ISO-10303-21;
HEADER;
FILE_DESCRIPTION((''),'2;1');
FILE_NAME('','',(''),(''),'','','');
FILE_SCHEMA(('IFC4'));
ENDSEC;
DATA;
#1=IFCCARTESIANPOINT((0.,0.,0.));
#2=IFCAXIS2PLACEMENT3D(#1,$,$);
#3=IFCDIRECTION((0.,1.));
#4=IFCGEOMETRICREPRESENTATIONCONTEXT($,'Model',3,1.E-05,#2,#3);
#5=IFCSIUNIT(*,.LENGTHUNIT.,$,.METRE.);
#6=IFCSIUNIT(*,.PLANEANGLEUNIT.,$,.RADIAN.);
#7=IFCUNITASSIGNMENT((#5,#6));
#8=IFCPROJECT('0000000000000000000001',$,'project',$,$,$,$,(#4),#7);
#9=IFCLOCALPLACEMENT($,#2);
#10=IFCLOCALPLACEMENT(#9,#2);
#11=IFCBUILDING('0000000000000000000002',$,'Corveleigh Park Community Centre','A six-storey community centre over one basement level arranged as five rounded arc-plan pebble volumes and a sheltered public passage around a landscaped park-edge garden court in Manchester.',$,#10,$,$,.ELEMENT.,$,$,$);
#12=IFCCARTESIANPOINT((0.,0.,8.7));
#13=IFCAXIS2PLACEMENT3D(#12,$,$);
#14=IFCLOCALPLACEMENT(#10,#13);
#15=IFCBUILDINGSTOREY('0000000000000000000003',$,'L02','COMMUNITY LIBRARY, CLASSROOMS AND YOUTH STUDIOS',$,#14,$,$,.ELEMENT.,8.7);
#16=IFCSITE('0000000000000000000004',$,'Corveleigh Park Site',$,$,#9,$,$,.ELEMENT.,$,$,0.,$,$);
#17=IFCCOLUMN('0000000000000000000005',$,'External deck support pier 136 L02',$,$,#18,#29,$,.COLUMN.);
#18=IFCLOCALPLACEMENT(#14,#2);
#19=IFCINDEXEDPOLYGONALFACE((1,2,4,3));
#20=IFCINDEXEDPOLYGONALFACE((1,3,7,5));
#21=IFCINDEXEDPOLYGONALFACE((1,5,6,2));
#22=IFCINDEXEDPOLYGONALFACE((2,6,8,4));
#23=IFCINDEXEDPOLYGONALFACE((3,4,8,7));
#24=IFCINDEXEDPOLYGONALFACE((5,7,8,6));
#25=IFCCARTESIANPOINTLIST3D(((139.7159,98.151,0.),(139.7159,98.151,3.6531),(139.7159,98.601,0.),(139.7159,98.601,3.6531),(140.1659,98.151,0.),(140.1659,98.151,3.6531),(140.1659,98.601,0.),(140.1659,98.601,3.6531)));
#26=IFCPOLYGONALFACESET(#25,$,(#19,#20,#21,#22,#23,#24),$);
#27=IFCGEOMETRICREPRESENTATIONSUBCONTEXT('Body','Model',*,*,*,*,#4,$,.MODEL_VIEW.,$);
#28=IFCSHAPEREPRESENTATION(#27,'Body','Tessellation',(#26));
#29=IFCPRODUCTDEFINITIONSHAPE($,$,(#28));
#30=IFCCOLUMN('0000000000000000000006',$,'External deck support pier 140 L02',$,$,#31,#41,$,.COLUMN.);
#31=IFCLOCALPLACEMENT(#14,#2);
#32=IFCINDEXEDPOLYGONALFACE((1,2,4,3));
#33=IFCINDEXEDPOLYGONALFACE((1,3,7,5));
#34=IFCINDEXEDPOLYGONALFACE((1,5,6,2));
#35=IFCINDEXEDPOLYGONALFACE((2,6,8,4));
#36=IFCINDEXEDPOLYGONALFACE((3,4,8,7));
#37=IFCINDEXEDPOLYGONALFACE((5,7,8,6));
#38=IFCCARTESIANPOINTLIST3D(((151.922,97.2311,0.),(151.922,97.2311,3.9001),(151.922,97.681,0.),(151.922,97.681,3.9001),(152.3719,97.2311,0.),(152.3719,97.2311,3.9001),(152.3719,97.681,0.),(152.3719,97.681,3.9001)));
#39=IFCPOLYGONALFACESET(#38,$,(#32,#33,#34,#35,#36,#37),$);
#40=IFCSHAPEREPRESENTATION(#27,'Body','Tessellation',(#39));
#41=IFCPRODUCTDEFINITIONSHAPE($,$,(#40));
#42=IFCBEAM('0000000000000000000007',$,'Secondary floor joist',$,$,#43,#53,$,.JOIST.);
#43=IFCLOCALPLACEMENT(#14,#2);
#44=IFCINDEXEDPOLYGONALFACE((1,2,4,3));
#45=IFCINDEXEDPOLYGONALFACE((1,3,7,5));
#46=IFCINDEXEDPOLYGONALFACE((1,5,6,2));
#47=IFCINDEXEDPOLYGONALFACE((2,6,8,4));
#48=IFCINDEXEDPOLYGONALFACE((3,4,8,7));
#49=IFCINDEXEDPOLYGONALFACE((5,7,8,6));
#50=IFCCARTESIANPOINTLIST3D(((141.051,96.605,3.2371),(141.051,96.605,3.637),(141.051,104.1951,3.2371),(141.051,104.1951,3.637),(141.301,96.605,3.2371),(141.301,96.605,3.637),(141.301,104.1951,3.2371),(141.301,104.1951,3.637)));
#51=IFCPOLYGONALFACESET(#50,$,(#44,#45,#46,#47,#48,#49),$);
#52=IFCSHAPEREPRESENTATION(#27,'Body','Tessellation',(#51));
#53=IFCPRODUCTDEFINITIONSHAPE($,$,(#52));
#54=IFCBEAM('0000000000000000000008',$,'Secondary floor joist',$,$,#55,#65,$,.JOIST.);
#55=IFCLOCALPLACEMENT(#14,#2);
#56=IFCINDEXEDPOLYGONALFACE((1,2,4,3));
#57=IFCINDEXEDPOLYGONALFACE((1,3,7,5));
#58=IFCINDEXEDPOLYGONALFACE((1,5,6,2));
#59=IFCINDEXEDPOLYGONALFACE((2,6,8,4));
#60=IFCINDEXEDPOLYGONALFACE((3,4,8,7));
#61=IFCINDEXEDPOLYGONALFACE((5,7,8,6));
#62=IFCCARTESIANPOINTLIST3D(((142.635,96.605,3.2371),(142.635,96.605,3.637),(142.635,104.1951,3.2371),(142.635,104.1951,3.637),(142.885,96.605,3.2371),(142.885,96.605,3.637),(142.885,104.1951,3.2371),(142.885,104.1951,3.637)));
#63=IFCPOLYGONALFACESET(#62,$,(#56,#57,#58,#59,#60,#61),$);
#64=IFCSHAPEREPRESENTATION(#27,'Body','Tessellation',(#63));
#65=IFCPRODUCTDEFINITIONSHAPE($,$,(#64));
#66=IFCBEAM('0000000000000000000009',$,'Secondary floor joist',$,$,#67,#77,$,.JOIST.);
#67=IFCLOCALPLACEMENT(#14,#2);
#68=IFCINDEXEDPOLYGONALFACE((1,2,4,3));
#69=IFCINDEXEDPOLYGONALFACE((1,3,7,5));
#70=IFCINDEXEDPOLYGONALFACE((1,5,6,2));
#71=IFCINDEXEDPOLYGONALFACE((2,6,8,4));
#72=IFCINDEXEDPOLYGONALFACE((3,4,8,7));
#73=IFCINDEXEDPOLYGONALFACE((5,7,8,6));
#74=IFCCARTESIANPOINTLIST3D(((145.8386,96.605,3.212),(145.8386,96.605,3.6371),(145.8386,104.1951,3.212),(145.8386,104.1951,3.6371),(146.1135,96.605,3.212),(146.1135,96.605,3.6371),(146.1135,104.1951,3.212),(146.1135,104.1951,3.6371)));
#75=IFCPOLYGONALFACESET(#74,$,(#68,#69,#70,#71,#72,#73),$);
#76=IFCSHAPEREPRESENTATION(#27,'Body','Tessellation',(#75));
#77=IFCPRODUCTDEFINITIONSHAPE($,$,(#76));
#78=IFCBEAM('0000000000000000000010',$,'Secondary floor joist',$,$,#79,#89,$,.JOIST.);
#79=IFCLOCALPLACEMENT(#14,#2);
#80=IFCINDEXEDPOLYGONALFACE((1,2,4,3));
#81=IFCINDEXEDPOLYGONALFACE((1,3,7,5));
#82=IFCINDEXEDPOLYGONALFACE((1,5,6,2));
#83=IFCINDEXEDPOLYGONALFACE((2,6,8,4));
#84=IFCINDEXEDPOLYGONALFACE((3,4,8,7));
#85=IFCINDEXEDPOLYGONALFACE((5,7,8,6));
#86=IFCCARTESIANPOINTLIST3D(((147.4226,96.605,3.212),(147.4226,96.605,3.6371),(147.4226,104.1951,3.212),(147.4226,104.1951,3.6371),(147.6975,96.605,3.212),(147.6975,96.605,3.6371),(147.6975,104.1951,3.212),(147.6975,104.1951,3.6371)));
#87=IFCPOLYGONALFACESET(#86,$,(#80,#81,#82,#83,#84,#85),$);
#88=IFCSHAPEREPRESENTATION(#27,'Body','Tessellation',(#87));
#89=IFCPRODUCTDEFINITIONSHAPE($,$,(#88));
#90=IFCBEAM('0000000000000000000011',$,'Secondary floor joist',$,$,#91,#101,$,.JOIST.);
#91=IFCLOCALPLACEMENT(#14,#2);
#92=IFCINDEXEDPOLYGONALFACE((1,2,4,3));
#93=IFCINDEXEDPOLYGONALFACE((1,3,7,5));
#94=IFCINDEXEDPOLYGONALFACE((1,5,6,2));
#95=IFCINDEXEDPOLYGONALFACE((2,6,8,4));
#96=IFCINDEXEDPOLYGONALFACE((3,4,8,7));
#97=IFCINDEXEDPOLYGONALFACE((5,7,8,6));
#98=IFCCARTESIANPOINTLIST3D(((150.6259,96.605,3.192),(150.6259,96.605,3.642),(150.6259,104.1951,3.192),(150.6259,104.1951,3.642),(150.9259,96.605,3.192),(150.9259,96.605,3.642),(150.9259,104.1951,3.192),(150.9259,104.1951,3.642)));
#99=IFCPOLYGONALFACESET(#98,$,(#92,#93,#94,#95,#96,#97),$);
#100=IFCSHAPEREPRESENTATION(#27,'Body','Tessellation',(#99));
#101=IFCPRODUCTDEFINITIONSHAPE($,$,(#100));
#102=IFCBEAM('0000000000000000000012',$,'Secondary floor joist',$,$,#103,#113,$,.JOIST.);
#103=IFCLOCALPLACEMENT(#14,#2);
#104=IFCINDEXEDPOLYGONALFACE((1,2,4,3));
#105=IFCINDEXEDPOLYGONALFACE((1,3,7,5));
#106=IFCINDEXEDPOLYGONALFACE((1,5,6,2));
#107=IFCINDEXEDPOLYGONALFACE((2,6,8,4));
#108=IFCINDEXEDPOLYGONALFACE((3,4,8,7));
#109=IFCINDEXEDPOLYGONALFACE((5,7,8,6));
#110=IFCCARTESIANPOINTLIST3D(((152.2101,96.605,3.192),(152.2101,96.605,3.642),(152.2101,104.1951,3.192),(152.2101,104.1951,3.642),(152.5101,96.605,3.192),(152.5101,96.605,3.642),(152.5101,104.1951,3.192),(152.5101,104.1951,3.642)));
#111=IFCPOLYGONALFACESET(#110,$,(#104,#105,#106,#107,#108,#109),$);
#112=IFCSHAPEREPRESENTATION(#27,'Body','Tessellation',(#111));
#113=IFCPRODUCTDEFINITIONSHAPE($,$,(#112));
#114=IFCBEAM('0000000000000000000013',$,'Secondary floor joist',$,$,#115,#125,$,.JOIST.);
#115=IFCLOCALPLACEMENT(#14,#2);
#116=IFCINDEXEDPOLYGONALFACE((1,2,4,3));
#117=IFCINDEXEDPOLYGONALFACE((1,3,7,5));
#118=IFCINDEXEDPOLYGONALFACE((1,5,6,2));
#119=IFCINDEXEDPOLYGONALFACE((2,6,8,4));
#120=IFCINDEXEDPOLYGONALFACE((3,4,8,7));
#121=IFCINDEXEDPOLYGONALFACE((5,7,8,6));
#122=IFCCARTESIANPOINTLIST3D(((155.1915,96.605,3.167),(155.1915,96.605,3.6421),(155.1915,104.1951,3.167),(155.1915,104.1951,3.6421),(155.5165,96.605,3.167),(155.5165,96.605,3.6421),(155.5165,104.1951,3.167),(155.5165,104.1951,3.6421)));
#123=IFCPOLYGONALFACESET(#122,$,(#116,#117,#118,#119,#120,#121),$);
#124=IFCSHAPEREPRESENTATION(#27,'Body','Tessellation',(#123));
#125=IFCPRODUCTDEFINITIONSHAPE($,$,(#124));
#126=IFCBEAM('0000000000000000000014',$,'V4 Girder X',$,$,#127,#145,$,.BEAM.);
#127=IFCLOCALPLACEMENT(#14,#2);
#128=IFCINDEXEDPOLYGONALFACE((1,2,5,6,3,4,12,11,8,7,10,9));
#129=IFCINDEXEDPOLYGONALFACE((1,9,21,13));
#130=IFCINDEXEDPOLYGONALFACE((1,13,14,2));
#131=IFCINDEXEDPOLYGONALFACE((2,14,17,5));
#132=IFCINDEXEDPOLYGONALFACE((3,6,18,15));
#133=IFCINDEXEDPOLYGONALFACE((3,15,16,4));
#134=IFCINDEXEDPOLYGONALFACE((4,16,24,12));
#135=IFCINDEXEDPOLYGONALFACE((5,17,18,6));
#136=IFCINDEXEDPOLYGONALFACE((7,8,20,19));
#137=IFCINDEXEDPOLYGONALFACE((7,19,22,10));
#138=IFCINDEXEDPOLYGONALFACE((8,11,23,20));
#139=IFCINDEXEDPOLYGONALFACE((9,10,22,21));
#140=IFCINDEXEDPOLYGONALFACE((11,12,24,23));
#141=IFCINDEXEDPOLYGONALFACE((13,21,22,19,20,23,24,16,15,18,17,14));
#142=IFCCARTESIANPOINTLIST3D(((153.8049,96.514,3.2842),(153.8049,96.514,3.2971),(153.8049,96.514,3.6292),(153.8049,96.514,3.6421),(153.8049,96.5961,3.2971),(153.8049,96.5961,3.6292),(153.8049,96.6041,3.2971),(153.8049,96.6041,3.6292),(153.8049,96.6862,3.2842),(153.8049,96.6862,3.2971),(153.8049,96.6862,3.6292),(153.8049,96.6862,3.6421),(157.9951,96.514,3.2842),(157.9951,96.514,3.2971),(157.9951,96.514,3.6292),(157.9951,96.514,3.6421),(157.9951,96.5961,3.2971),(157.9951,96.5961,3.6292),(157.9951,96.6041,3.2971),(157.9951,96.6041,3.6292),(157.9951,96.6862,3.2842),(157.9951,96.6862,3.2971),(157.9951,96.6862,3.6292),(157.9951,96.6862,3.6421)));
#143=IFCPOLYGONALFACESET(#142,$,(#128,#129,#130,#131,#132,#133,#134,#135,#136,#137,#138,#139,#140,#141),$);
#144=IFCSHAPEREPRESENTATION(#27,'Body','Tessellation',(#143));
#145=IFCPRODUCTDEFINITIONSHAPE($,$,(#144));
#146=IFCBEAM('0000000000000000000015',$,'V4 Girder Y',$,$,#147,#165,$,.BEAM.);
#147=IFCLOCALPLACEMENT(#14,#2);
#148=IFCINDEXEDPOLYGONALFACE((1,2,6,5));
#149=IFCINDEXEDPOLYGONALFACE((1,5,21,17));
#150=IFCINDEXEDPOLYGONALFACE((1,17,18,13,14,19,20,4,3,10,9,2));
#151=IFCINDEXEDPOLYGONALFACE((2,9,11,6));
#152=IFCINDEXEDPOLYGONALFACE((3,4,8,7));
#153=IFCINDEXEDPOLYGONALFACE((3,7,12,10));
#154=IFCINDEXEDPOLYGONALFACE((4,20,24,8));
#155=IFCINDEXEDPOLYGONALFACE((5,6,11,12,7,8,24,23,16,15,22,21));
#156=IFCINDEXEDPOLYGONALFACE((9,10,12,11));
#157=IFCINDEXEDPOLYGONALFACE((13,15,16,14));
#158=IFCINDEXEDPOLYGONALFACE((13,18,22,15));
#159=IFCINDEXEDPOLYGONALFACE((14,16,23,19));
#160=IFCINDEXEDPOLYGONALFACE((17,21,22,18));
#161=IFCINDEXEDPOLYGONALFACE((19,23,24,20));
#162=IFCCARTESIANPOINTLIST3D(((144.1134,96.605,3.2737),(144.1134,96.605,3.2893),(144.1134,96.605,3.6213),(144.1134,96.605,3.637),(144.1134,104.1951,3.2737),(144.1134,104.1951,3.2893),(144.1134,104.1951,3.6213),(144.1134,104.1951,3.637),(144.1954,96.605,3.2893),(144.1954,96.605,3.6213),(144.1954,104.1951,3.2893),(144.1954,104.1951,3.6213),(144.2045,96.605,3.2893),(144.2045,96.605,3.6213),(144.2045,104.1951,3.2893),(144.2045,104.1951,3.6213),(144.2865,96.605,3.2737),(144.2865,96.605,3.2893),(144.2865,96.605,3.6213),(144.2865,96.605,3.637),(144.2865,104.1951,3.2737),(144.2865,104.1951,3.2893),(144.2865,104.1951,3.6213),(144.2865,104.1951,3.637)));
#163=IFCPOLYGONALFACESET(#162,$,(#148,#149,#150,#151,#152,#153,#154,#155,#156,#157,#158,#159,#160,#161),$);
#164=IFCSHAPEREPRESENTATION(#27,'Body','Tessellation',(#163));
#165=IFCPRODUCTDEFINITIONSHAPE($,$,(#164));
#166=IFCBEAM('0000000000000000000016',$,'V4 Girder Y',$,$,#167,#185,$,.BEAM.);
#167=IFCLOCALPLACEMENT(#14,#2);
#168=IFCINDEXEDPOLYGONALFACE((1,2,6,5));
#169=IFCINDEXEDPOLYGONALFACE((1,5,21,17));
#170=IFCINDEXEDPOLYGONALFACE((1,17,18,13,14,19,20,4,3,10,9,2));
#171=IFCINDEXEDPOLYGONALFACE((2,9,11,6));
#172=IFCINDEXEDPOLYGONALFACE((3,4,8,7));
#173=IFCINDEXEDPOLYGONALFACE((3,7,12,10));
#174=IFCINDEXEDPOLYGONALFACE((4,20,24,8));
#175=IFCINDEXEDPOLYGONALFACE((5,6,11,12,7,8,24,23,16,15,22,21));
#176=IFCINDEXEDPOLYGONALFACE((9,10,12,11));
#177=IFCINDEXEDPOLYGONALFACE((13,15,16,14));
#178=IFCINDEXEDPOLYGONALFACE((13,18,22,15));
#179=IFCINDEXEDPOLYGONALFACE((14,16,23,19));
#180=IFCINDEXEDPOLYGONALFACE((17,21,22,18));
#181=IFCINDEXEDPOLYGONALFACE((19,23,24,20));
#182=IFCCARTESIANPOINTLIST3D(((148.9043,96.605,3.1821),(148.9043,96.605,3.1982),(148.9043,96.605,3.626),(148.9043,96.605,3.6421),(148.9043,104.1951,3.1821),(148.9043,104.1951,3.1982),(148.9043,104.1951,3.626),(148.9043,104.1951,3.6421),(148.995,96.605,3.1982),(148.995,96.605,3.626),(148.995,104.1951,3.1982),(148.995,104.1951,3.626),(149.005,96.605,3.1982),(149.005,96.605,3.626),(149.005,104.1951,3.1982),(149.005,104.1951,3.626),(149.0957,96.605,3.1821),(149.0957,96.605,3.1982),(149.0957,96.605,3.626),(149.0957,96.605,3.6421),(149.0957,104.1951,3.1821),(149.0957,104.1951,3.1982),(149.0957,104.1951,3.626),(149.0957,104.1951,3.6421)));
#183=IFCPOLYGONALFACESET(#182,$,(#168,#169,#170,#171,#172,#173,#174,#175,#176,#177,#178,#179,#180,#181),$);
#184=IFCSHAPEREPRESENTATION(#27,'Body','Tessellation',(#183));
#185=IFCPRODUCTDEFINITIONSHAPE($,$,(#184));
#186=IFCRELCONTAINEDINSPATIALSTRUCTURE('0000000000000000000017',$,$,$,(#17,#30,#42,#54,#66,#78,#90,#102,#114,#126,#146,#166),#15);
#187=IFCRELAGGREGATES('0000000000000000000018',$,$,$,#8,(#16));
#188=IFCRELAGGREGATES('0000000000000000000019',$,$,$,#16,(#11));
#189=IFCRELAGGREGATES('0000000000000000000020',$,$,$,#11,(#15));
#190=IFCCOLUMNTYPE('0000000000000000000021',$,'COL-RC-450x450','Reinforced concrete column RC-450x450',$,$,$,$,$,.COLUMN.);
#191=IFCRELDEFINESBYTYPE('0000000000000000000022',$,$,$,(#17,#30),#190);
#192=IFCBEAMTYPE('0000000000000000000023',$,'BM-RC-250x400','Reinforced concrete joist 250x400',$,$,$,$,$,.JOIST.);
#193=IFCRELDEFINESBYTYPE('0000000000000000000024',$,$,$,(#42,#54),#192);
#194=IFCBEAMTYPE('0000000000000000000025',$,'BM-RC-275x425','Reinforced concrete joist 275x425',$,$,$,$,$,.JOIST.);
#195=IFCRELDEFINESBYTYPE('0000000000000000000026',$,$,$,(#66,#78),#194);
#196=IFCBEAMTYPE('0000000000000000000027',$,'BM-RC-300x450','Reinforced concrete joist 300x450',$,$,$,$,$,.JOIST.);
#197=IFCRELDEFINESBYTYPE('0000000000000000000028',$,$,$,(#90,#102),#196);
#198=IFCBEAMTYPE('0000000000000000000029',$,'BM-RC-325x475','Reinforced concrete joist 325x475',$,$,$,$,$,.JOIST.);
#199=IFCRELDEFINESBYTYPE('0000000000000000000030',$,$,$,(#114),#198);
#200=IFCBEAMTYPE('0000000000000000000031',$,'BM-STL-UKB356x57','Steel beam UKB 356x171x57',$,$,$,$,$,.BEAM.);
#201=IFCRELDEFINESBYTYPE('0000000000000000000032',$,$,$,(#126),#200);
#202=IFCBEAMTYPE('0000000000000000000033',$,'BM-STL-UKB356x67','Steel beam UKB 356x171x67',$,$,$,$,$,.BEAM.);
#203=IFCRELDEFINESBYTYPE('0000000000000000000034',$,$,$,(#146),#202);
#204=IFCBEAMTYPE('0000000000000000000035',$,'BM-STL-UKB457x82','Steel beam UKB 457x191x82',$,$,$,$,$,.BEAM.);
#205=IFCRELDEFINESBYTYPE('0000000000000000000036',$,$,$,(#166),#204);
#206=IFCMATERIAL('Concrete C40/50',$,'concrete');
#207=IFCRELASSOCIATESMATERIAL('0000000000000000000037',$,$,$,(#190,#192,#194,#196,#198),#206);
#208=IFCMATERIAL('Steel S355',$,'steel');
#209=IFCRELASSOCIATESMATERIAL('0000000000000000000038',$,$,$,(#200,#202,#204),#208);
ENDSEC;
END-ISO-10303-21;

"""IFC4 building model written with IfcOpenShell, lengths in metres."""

from ifc_helpers import new_model, si_unit, direction, frame, origin, origin_2d, place, context, subcontext, project, spatial, rectangle, i_section, extrude, material, material_profile, profile_set, type_object, element, save


model = new_model("IFC4")

# Units and contexts
model_context = context("Model", 3, precision=1e-05, world=origin(), true_north=direction((0.0, 1.0)))
body_context = subcontext(model_context, "Body", "Model", "MODEL_VIEW")
ifc_project = project(units=[si_unit("LENGTHUNIT", "METRE"), si_unit("PLANEANGLEUNIT", "RADIAN")], contexts=[model_context])

# Site, building, storey
site_placement = place(None, origin())
site = spatial("IfcSite", under=ifc_project, at=site_placement, Name="Corveleigh Park Site", CompositionType="ELEMENT", RefElevation=0.0)
building_placement = place(site_placement, origin())
building = spatial("IfcBuilding", under=site, at=building_placement, Name="Corveleigh Park Community Centre", Description="A six-storey community centre over one basement level arranged as five rounded arc-plan pebble volumes and a sheltered public passage around a landscaped park-edge garden court in Manchester.", CompositionType="ELEMENT")
storey_placement = place(building_placement, frame((0.0, 0.0, 8.7)))
storey = spatial("IfcBuildingStorey", under=building, at=storey_placement, Name="L02", Description="COMMUNITY LIBRARY, CLASSROOMS AND YOUTH STUDIOS", CompositionType="ELEMENT", Elevation=8.7)

# Columns
ifc_material_1 = material(Name="Concrete C40/50", Category="concrete")
ifc_material_profile_1 = material_profile(ifc_material_1, rectangle(XDim=0.45, YDim=0.45, at=origin_2d()), Name="RC-450x450", Category="concrete")
ifc_profile_set_1 = profile_set([ifc_material_profile_1], Name="Concrete C40/50")
column_type = type_object("IfcColumnType", Name="COL-RC-450x450", Description="Reinforced concrete column RC-450x450", PredefinedType="COLUMN", material=ifc_profile_set_1)
column_1_placement = place(storey_placement, frame((139.9409, 98.376, 0.0), z_axis=(0.0, 0.0, 1.0), x_axis=(1.0, 0.0, 0.0)))
element("IfcColumn", 1, at=column_1_placement, inside=storey, type_object=column_type, Name="External deck support pier 136 L02", PredefinedType="COLUMN", context=body_context, shape_type="SweptSolid", body=[
    extrude(rectangle(XDim=0.45, YDim=0.45, at=origin_2d()), origin(), (0.0, 0.0, 1.0), 3.6531),
])
column_2_placement = place(storey_placement, frame((152.147, 97.4561, 0.0), z_axis=(0.0, 0.0, 1.0), x_axis=(1.0, 0.0, 0.0)))
element("IfcColumn", 2, at=column_2_placement, inside=storey, type_object=column_type, Name="External deck support pier 140 L02", PredefinedType="COLUMN", context=body_context, shape_type="SweptSolid", body=[
    extrude(rectangle(XDim=0.45, YDim=0.45, at=origin_2d()), origin(), (0.0, 0.0, 1.0), 3.9001),
])

# Beams
ifc_material_profile_2 = material_profile(ifc_material_1, rectangle(XDim=0.25, YDim=0.3999, at=origin_2d()), Name="RC-250x400", Category="concrete")
ifc_profile_set_2 = profile_set([ifc_material_profile_2], Name="Concrete C40/50")
beam_type_1 = type_object("IfcBeamType", Name="BM-RC-250x400", Description="Reinforced concrete joist 250x400", PredefinedType="JOIST", material=ifc_profile_set_2)
for number, where, z_axis, x_axis, name in (
    (3, (141.176, 96.605, 3.437), (0.0, 1.0, 0.0), (-1.0, 0.0, 0.0), "Secondary floor joist"),
    (4, (142.76, 96.605, 3.437), (0.0, 1.0, 0.0), (-1.0, 0.0, 0.0), "Secondary floor joist"),
):
    element("IfcBeam", number, at=place(storey_placement, frame(where, z_axis=z_axis, x_axis=x_axis)), inside=storey, type_object=beam_type_1, Name=name, PredefinedType="JOIST", context=body_context, shape_type="SweptSolid", body=[
        extrude(rectangle(XDim=0.25, YDim=0.3999, at=origin_2d()), origin(), (0.0, 0.0, 1.0), 7.5901),
    ])
ifc_material_profile_3 = material_profile(ifc_material_1, rectangle(XDim=0.2749, YDim=0.425, at=origin_2d()), Name="RC-275x425", Category="concrete")
ifc_profile_set_3 = profile_set([ifc_material_profile_3], Name="Concrete C40/50")
beam_type_2 = type_object("IfcBeamType", Name="BM-RC-275x425", Description="Reinforced concrete joist 275x425", PredefinedType="JOIST", material=ifc_profile_set_3)
for number, where, z_axis, x_axis, name in (
    (5, (145.9761, 96.605, 3.4246), (0.0, 1.0, 0.0), (-1.0, 0.0, 0.0), "Secondary floor joist"),
    (6, (147.5601, 96.605, 3.4246), (0.0, 1.0, 0.0), (-1.0, 0.0, 0.0), "Secondary floor joist"),
):
    element("IfcBeam", number, at=place(storey_placement, frame(where, z_axis=z_axis, x_axis=x_axis)), inside=storey, type_object=beam_type_2, Name=name, PredefinedType="JOIST", context=body_context, shape_type="SweptSolid", body=[
        extrude(rectangle(XDim=0.2749, YDim=0.425, at=origin_2d()), origin(), (0.0, 0.0, 1.0), 7.5901),
    ])
ifc_material_profile_4 = material_profile(ifc_material_1, rectangle(XDim=0.3, YDim=0.45, at=origin_2d()), Name="RC-300x450", Category="concrete")
ifc_profile_set_4 = profile_set([ifc_material_profile_4], Name="Concrete C40/50")
beam_type_3 = type_object("IfcBeamType", Name="BM-RC-300x450", Description="Reinforced concrete joist 300x450", PredefinedType="JOIST", material=ifc_profile_set_4)
for number, where, z_axis, x_axis, name in (
    (7, (150.7759, 96.605, 3.417), (0.0, 1.0, 0.0), (-1.0, 0.0, 0.0), "Secondary floor joist"),
    (8, (152.3601, 96.605, 3.417), (0.0, 1.0, 0.0), (-1.0, 0.0, 0.0), "Secondary floor joist"),
):
    element("IfcBeam", number, at=place(storey_placement, frame(where, z_axis=z_axis, x_axis=x_axis)), inside=storey, type_object=beam_type_3, Name=name, PredefinedType="JOIST", context=body_context, shape_type="SweptSolid", body=[
        extrude(rectangle(XDim=0.3, YDim=0.45, at=origin_2d()), origin(), (0.0, 0.0, 1.0), 7.5901),
    ])
ifc_material_profile_5 = material_profile(ifc_material_1, rectangle(XDim=0.325, YDim=0.4751, at=origin_2d()), Name="RC-325x475", Category="concrete")
ifc_profile_set_5 = profile_set([ifc_material_profile_5], Name="Concrete C40/50")
beam_type_4 = type_object("IfcBeamType", Name="BM-RC-325x475", Description="Reinforced concrete joist 325x475", PredefinedType="JOIST", material=ifc_profile_set_5)
beam_1_placement = place(storey_placement, frame((155.354, 96.605, 3.4045), z_axis=(0.0, 1.0, 0.0), x_axis=(-1.0, 0.0, 0.0)))
element("IfcBeam", 9, at=beam_1_placement, inside=storey, type_object=beam_type_4, Name="Secondary floor joist", PredefinedType="JOIST", context=body_context, shape_type="SweptSolid", body=[
    extrude(rectangle(XDim=0.325, YDim=0.4751, at=origin_2d()), origin(), (0.0, 0.0, 1.0), 7.5901),
])
ifc_material_2 = material(Name="Steel S355", Category="steel")
ifc_material_profile_6 = material_profile(ifc_material_2, i_section(OverallWidth=0.1721, OverallDepth=0.3579, WebThickness=0.0081, FlangeThickness=0.0129, at=origin_2d()), Name="UKB 356x171x57", Category="steel")
ifc_profile_set_6 = profile_set([ifc_material_profile_6], Name="Steel S355")
beam_type_5 = type_object("IfcBeamType", Name="BM-STL-UKB356x57", Description="Steel beam UKB 356x171x57", PredefinedType="BEAM", material=ifc_profile_set_6)
beam_2_placement = place(storey_placement, frame((153.8049, 96.6001, 3.4631), z_axis=(1.0, 0.0, 0.0), x_axis=(0.0, 1.0, 0.0)))
element("IfcBeam", 10, at=beam_2_placement, inside=storey, type_object=beam_type_5, Name="V4 Girder X", PredefinedType="BEAM", context=body_context, shape_type="SweptSolid", body=[
    extrude(i_section(OverallWidth=0.1721, OverallDepth=0.3579, WebThickness=0.0081, FlangeThickness=0.0129, at=origin_2d()), origin(), (0.0, 0.0, 1.0), 4.1902),
])
ifc_material_profile_7 = material_profile(ifc_material_2, i_section(OverallWidth=0.1731, OverallDepth=0.3633, WebThickness=0.009, FlangeThickness=0.0156, at=origin_2d()), Name="UKB 356x171x67", Category="steel")
ifc_profile_set_7 = profile_set([ifc_material_profile_7], Name="Steel S355")
beam_type_6 = type_object("IfcBeamType", Name="BM-STL-UKB356x67", Description="Steel beam UKB 356x171x67", PredefinedType="BEAM", material=ifc_profile_set_7)
beam_3_placement = place(storey_placement, frame((144.2, 96.605, 3.4553), z_axis=(0.0, 1.0, 0.0), x_axis=(-1.0, 0.0, 0.0)))
element("IfcBeam", 11, at=beam_3_placement, inside=storey, type_object=beam_type_6, Name="V4 Girder Y", PredefinedType="BEAM", context=body_context, shape_type="SweptSolid", body=[
    extrude(i_section(OverallWidth=0.1731, OverallDepth=0.3633, WebThickness=0.009, FlangeThickness=0.0156, at=origin_2d()), origin(), (0.0, 0.0, 1.0), 7.5901),
])
ifc_material_profile_8 = material_profile(ifc_material_2, i_section(OverallWidth=0.1914, OverallDepth=0.46, WebThickness=0.01, FlangeThickness=0.0161, at=origin_2d()), Name="UKB 457x191x82", Category="steel")
ifc_profile_set_8 = profile_set([ifc_material_profile_8], Name="Steel S355")
beam_type_7 = type_object("IfcBeamType", Name="BM-STL-UKB457x82", Description="Steel beam UKB 457x191x82", PredefinedType="BEAM", material=ifc_profile_set_8)
beam_4_placement = place(storey_placement, frame((149.0, 96.605, 3.4121), z_axis=(0.0, 1.0, 0.0), x_axis=(-1.0, 0.0, 0.0)))
element("IfcBeam", 12, at=beam_4_placement, inside=storey, type_object=beam_type_7, Name="V4 Girder Y", PredefinedType="BEAM", context=body_context, shape_type="SweptSolid", body=[
    extrude(i_section(OverallWidth=0.1914, OverallDepth=0.46, WebThickness=0.01, FlangeThickness=0.0161, at=origin_2d()), origin(), (0.0, 0.0, 1.0), 7.5901),
])

save(model, "model.ifc")
